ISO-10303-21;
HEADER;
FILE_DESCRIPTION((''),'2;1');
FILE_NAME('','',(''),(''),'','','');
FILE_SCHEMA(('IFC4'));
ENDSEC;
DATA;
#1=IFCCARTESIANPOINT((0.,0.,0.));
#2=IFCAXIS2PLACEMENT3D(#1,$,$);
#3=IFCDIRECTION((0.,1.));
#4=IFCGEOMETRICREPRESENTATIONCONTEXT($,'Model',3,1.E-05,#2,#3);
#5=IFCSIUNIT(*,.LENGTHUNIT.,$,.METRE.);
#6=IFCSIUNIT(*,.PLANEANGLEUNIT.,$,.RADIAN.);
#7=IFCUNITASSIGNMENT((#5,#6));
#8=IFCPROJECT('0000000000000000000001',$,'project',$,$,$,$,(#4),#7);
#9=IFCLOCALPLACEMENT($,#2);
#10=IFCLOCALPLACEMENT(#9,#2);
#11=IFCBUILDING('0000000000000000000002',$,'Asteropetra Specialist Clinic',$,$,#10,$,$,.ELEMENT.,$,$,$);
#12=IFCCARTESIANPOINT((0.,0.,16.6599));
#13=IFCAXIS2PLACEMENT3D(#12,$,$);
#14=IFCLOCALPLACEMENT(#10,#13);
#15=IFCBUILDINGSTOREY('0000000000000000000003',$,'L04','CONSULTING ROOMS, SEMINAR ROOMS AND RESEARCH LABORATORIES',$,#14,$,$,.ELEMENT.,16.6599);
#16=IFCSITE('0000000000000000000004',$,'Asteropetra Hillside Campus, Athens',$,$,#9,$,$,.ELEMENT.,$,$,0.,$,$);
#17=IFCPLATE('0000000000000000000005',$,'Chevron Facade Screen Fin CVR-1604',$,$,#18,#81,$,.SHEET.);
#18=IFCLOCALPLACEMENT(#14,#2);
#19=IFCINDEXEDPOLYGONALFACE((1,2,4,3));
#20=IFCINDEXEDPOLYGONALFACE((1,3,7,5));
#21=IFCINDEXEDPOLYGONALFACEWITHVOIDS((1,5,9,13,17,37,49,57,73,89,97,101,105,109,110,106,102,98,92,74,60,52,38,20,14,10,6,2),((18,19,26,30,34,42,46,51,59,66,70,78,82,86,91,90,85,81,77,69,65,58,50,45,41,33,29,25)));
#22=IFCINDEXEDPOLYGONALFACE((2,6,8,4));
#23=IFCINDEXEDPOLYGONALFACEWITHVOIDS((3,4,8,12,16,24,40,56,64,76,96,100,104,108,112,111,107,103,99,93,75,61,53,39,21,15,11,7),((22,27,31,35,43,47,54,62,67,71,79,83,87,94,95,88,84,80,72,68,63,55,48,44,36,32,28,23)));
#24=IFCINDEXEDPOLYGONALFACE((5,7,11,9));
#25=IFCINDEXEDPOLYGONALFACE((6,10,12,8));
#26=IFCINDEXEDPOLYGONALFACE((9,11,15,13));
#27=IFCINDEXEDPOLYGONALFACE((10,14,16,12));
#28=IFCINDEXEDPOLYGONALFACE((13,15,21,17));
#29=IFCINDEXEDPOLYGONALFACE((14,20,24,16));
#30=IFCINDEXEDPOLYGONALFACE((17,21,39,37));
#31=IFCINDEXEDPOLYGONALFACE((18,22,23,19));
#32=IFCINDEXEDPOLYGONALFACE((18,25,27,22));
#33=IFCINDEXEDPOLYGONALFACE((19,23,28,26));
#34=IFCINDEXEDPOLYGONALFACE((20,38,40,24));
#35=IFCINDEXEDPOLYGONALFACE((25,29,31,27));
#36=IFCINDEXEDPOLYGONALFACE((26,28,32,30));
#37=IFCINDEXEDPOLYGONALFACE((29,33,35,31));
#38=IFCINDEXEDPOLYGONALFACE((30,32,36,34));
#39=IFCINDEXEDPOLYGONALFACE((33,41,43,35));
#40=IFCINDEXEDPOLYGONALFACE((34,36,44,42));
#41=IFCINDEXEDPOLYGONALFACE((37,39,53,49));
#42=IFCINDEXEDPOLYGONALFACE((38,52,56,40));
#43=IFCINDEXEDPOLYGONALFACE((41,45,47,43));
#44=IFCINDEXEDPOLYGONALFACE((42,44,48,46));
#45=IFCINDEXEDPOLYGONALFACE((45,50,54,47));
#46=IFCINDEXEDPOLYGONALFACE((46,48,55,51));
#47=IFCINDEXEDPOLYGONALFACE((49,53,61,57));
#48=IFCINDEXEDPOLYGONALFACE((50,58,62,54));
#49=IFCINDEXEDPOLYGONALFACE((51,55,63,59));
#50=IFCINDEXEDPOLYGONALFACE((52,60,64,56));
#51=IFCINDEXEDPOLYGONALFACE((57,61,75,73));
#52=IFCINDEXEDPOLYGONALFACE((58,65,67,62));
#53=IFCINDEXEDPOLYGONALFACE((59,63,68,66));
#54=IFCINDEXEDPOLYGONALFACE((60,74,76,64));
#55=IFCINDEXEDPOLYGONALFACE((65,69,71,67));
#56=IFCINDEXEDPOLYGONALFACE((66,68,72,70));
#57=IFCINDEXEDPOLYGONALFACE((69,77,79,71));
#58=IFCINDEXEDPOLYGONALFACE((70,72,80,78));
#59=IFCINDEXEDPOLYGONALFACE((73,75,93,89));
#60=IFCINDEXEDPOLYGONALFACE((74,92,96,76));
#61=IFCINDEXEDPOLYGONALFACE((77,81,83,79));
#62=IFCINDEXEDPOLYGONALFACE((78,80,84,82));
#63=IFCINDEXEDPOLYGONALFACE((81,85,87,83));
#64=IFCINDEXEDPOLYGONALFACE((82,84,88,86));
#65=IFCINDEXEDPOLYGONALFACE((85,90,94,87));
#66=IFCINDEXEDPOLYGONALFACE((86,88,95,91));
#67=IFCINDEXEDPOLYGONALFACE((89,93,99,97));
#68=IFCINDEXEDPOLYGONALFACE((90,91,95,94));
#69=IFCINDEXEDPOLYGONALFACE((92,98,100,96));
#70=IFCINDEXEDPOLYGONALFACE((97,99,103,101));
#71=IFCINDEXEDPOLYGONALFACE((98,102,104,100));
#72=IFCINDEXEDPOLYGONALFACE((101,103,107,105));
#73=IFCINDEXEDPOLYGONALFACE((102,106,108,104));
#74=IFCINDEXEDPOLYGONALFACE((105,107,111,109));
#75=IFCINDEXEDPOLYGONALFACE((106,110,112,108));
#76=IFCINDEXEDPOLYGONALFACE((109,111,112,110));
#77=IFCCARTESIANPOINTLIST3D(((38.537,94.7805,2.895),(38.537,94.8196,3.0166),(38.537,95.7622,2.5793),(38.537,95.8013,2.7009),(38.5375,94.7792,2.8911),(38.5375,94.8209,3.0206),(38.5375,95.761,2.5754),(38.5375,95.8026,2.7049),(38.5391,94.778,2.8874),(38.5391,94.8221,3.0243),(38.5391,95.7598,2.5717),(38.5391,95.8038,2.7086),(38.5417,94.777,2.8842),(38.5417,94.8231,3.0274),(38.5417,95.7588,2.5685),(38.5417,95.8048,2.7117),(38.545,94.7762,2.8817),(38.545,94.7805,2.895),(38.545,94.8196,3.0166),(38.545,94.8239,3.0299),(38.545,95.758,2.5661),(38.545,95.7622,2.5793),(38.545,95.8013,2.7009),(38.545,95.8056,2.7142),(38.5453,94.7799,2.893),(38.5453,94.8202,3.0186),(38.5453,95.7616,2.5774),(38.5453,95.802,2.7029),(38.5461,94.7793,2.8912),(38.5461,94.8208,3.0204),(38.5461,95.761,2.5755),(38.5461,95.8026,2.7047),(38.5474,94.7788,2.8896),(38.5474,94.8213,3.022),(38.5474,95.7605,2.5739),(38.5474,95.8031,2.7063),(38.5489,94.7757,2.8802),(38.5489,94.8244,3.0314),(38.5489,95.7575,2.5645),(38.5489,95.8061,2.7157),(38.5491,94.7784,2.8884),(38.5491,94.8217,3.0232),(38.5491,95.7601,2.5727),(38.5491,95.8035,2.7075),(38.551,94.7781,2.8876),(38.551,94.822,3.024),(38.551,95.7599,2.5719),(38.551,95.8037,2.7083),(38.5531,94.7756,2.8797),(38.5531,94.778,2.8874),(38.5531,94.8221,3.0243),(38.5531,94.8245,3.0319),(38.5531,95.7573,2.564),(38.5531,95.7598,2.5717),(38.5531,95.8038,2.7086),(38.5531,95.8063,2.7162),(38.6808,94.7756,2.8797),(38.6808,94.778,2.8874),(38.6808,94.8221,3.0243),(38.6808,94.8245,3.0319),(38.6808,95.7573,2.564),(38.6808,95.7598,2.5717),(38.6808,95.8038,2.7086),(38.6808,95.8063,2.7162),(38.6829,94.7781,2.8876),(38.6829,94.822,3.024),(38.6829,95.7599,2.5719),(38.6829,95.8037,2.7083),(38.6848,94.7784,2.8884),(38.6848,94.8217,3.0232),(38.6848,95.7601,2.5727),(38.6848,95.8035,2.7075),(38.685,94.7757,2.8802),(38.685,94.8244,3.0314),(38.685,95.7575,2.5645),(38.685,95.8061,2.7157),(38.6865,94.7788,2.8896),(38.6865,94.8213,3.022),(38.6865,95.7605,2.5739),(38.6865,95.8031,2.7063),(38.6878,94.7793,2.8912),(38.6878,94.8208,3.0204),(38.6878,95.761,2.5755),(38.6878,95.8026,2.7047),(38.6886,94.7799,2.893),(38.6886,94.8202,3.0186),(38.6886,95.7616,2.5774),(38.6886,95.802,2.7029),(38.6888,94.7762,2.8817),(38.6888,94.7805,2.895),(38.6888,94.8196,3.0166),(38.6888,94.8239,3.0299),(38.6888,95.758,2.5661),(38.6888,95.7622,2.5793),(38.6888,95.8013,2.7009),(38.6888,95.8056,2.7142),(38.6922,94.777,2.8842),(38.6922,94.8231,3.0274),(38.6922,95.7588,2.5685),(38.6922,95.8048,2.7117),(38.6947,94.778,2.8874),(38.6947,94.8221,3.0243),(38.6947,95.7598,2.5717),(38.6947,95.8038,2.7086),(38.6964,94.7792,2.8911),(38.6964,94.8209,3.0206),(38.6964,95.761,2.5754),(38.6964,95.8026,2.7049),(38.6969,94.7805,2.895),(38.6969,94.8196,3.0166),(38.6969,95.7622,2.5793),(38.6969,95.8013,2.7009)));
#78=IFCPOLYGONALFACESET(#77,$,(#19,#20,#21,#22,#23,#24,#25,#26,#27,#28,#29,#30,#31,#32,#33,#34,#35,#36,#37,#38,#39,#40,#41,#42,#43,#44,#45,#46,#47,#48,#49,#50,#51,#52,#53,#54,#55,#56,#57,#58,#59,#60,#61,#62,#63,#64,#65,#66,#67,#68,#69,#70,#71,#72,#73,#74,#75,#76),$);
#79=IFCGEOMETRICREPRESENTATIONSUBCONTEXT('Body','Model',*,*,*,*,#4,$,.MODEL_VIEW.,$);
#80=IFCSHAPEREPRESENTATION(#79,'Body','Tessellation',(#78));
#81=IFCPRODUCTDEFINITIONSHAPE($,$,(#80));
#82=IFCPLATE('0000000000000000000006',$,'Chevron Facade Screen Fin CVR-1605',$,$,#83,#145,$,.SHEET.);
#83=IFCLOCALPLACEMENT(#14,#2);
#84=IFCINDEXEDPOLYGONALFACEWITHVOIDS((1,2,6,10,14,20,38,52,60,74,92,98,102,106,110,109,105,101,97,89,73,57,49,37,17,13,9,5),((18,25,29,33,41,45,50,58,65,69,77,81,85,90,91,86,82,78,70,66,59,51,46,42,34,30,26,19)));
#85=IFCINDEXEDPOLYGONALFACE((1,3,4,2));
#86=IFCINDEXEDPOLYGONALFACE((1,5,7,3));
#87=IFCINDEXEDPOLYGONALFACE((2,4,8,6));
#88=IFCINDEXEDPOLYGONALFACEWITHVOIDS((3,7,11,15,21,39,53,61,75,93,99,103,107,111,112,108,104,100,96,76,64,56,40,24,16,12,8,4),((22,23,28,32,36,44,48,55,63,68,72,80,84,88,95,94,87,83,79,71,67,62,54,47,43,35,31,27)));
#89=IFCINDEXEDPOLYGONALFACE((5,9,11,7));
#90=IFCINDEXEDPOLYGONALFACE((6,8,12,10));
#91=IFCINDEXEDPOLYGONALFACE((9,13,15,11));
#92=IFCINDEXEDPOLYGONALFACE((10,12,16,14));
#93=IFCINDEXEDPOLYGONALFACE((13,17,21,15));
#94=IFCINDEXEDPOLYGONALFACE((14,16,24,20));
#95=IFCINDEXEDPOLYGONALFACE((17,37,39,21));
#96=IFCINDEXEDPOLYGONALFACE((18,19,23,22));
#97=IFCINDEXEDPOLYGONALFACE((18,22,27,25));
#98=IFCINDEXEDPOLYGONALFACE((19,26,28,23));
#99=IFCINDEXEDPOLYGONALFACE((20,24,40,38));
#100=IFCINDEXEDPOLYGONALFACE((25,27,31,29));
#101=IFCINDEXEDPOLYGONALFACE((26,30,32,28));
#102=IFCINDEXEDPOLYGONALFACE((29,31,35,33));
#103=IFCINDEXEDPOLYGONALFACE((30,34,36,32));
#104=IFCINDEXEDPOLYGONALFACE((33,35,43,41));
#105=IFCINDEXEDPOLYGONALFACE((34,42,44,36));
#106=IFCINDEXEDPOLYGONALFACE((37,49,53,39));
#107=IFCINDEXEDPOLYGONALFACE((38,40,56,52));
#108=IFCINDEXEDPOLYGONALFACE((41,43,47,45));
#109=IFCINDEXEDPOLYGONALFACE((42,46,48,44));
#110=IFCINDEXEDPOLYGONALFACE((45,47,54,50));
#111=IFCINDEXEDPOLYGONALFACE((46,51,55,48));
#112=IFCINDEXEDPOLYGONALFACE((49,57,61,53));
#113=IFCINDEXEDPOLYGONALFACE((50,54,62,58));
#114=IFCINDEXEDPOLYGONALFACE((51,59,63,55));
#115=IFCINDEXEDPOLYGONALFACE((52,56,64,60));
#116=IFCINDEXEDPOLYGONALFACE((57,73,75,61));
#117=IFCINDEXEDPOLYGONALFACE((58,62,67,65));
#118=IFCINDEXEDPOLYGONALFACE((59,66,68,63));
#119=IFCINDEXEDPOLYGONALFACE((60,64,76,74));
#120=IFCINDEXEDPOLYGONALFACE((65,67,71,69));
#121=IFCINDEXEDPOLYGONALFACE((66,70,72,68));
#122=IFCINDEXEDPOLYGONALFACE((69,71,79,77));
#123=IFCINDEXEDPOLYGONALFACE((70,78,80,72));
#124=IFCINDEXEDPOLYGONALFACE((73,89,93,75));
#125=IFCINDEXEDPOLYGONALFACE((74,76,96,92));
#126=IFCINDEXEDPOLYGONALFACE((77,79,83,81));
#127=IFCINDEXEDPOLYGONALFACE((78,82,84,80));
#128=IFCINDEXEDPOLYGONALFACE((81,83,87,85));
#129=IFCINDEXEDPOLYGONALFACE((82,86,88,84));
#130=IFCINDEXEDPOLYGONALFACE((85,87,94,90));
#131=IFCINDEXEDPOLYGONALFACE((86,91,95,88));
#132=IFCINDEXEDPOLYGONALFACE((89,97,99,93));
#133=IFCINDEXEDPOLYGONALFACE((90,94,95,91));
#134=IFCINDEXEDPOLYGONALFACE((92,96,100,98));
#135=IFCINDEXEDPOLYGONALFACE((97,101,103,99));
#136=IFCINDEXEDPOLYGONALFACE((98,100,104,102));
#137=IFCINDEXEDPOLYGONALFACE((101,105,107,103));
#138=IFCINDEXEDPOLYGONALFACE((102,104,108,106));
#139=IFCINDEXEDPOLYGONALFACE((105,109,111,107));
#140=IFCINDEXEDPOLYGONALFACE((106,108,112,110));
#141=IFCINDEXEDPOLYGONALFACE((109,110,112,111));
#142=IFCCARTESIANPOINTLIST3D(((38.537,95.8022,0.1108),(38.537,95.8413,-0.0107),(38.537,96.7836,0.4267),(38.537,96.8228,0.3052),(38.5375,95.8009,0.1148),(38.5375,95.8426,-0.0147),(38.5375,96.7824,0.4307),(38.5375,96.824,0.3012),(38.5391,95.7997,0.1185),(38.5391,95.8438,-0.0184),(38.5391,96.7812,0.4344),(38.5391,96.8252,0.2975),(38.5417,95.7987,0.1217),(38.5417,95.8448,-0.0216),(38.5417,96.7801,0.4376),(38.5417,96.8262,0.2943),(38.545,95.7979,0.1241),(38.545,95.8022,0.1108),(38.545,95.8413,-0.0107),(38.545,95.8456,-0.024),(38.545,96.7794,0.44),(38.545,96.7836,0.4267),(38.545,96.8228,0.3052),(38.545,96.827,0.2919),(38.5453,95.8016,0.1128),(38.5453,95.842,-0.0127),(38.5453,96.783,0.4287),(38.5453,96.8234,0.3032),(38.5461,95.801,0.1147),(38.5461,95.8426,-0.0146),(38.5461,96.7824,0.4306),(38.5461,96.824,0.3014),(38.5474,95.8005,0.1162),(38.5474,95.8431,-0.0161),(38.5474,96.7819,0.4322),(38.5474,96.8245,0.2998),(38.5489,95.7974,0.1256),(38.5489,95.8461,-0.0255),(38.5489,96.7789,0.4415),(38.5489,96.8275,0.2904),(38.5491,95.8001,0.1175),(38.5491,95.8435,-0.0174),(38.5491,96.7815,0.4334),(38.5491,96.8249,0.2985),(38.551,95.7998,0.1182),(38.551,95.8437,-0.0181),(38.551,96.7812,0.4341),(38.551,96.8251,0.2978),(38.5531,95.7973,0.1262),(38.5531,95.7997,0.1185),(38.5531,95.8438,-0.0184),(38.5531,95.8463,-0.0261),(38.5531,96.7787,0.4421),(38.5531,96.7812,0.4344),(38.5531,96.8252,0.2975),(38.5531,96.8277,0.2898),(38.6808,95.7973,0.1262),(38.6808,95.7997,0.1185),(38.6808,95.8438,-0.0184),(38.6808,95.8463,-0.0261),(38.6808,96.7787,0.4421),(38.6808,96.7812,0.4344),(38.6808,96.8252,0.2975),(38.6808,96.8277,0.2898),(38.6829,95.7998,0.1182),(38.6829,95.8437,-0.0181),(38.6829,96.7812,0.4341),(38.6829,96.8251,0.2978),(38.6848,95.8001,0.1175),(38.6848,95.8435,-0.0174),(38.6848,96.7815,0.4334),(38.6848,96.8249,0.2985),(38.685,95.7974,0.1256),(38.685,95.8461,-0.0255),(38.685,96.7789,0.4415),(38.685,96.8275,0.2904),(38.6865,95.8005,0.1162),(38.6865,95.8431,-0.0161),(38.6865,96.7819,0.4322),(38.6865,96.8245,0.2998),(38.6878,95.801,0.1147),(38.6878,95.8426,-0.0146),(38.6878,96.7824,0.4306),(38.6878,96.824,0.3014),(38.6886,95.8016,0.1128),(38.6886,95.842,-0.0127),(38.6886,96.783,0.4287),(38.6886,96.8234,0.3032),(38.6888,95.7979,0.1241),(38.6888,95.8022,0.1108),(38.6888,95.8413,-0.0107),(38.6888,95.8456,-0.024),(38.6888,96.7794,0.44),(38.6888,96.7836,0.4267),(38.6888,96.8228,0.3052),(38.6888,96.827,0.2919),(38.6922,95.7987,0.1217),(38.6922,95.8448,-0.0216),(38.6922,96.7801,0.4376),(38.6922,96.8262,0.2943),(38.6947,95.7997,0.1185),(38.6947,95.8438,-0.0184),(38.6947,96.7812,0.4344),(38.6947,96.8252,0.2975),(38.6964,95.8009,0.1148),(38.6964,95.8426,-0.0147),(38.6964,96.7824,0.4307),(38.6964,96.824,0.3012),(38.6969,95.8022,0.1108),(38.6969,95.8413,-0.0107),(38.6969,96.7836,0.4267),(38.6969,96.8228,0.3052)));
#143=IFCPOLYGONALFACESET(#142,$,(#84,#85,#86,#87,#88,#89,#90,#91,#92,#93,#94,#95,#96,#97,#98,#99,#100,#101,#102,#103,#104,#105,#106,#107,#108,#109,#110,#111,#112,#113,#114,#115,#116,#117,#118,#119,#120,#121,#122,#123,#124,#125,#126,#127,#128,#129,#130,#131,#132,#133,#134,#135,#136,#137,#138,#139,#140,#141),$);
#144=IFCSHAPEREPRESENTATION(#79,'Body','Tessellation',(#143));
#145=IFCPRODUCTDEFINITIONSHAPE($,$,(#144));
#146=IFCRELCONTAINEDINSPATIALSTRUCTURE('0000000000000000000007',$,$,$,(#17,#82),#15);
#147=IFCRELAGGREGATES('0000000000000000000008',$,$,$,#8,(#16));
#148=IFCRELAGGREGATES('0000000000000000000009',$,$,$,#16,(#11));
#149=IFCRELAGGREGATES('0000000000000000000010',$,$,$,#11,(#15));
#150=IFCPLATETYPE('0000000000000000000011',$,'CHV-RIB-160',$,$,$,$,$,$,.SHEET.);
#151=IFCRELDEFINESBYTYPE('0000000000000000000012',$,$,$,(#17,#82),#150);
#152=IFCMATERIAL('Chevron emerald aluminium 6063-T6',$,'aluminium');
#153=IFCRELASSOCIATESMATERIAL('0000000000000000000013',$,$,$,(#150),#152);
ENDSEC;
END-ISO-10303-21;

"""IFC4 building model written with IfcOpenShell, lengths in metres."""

from ifc_helpers import new_model, si_unit, direction, frame, origin, origin_2d, place, context, subcontext, project, spatial, hollow_rectangle, extrude, material, material_profile, profile_set, type_object, element, save


model = new_model("IFC4")

# Units and contexts
model_context = context("Model", 3, precision=1e-05, world=origin(), true_north=direction((0.0, 1.0)))
body_context = subcontext(model_context, "Body", "Model", "MODEL_VIEW")
ifc_project = project(units=[si_unit("LENGTHUNIT", "METRE"), si_unit("PLANEANGLEUNIT", "RADIAN")], contexts=[model_context])

# Site, building, storey
site_placement = place(None, origin())
site = spatial("IfcSite", under=ifc_project, at=site_placement, Name="Asteropetra Hillside Campus, Athens", CompositionType="ELEMENT", RefElevation=0.0)
building_placement = place(site_placement, origin())
building = spatial("IfcBuilding", under=site, at=building_placement, Name="Asteropetra Specialist Clinic", CompositionType="ELEMENT")
storey_placement = place(building_placement, frame((0.0, 0.0, 16.6599)))
storey = spatial("IfcBuildingStorey", under=building, at=storey_placement, Name="L04", Description="CONSULTING ROOMS, SEMINAR ROOMS AND RESEARCH LABORATORIES", CompositionType="ELEMENT", Elevation=16.6599)

# Plates
ifc_material_1 = material(Name="Chevron emerald aluminium 6063-T6", Category="aluminium")
ifc_material_profile = material_profile(ifc_material_1, hollow_rectangle(XDim=0.1599, YDim=0.1599, WallThickness=0.0081, InnerFilletRadius=0.0081, OuterFilletRadius=0.0161, at=origin_2d()), Name="SHS 160x160x8.0")
ifc_profile_set = profile_set([ifc_material_profile], Name="Chevron emerald aluminium 6063-T6")
plate_type = type_object("IfcPlateType", Name="CHV-RIB-160", PredefinedType="SHEET", material=ifc_profile_set)
for number, where, z_axis, x_axis, name in (
    (1, (38.6169, 94.8, 2.9558), (0.0, 0.951992, -0.306124), (-1.0, 0.0, 0.0), "Chevron Facade Screen Fin CVR-1604"),
):
    element("IfcPlate", number, at=place(storey_placement, frame(where, z_axis=z_axis, x_axis=x_axis)), inside=storey, type_object=plate_type, Name=name, PredefinedType="SHEET", context=body_context, shape_type="SweptSolid", body=[
        extrude(hollow_rectangle(XDim=0.1599, YDim=0.1599, WallThickness=0.0081, InnerFilletRadius=0.0081, OuterFilletRadius=0.0161, at=origin_2d()), origin(), (0.0, 0.0, 1.0), 1.0312),
    ])
plate_1_placement = place(storey_placement, frame((38.6169, 95.8218, 0.05), z_axis=(0.0, 0.9519, 0.306408), x_axis=(-1.0, 0.0, 0.0)))
element("IfcPlate", 2, at=plate_1_placement, inside=storey, type_object=plate_type, Name="Chevron Facade Screen Fin CVR-1605", PredefinedType="SHEET", context=body_context, shape_type="SweptSolid", body=[
    extrude(hollow_rectangle(XDim=0.1599, YDim=0.1599, WallThickness=0.0081, InnerFilletRadius=0.0081, OuterFilletRadius=0.0161, at=origin_2d()), origin(), (0.0, 0.0, 1.0), 1.031),
])

save(model, "model.ifc")
